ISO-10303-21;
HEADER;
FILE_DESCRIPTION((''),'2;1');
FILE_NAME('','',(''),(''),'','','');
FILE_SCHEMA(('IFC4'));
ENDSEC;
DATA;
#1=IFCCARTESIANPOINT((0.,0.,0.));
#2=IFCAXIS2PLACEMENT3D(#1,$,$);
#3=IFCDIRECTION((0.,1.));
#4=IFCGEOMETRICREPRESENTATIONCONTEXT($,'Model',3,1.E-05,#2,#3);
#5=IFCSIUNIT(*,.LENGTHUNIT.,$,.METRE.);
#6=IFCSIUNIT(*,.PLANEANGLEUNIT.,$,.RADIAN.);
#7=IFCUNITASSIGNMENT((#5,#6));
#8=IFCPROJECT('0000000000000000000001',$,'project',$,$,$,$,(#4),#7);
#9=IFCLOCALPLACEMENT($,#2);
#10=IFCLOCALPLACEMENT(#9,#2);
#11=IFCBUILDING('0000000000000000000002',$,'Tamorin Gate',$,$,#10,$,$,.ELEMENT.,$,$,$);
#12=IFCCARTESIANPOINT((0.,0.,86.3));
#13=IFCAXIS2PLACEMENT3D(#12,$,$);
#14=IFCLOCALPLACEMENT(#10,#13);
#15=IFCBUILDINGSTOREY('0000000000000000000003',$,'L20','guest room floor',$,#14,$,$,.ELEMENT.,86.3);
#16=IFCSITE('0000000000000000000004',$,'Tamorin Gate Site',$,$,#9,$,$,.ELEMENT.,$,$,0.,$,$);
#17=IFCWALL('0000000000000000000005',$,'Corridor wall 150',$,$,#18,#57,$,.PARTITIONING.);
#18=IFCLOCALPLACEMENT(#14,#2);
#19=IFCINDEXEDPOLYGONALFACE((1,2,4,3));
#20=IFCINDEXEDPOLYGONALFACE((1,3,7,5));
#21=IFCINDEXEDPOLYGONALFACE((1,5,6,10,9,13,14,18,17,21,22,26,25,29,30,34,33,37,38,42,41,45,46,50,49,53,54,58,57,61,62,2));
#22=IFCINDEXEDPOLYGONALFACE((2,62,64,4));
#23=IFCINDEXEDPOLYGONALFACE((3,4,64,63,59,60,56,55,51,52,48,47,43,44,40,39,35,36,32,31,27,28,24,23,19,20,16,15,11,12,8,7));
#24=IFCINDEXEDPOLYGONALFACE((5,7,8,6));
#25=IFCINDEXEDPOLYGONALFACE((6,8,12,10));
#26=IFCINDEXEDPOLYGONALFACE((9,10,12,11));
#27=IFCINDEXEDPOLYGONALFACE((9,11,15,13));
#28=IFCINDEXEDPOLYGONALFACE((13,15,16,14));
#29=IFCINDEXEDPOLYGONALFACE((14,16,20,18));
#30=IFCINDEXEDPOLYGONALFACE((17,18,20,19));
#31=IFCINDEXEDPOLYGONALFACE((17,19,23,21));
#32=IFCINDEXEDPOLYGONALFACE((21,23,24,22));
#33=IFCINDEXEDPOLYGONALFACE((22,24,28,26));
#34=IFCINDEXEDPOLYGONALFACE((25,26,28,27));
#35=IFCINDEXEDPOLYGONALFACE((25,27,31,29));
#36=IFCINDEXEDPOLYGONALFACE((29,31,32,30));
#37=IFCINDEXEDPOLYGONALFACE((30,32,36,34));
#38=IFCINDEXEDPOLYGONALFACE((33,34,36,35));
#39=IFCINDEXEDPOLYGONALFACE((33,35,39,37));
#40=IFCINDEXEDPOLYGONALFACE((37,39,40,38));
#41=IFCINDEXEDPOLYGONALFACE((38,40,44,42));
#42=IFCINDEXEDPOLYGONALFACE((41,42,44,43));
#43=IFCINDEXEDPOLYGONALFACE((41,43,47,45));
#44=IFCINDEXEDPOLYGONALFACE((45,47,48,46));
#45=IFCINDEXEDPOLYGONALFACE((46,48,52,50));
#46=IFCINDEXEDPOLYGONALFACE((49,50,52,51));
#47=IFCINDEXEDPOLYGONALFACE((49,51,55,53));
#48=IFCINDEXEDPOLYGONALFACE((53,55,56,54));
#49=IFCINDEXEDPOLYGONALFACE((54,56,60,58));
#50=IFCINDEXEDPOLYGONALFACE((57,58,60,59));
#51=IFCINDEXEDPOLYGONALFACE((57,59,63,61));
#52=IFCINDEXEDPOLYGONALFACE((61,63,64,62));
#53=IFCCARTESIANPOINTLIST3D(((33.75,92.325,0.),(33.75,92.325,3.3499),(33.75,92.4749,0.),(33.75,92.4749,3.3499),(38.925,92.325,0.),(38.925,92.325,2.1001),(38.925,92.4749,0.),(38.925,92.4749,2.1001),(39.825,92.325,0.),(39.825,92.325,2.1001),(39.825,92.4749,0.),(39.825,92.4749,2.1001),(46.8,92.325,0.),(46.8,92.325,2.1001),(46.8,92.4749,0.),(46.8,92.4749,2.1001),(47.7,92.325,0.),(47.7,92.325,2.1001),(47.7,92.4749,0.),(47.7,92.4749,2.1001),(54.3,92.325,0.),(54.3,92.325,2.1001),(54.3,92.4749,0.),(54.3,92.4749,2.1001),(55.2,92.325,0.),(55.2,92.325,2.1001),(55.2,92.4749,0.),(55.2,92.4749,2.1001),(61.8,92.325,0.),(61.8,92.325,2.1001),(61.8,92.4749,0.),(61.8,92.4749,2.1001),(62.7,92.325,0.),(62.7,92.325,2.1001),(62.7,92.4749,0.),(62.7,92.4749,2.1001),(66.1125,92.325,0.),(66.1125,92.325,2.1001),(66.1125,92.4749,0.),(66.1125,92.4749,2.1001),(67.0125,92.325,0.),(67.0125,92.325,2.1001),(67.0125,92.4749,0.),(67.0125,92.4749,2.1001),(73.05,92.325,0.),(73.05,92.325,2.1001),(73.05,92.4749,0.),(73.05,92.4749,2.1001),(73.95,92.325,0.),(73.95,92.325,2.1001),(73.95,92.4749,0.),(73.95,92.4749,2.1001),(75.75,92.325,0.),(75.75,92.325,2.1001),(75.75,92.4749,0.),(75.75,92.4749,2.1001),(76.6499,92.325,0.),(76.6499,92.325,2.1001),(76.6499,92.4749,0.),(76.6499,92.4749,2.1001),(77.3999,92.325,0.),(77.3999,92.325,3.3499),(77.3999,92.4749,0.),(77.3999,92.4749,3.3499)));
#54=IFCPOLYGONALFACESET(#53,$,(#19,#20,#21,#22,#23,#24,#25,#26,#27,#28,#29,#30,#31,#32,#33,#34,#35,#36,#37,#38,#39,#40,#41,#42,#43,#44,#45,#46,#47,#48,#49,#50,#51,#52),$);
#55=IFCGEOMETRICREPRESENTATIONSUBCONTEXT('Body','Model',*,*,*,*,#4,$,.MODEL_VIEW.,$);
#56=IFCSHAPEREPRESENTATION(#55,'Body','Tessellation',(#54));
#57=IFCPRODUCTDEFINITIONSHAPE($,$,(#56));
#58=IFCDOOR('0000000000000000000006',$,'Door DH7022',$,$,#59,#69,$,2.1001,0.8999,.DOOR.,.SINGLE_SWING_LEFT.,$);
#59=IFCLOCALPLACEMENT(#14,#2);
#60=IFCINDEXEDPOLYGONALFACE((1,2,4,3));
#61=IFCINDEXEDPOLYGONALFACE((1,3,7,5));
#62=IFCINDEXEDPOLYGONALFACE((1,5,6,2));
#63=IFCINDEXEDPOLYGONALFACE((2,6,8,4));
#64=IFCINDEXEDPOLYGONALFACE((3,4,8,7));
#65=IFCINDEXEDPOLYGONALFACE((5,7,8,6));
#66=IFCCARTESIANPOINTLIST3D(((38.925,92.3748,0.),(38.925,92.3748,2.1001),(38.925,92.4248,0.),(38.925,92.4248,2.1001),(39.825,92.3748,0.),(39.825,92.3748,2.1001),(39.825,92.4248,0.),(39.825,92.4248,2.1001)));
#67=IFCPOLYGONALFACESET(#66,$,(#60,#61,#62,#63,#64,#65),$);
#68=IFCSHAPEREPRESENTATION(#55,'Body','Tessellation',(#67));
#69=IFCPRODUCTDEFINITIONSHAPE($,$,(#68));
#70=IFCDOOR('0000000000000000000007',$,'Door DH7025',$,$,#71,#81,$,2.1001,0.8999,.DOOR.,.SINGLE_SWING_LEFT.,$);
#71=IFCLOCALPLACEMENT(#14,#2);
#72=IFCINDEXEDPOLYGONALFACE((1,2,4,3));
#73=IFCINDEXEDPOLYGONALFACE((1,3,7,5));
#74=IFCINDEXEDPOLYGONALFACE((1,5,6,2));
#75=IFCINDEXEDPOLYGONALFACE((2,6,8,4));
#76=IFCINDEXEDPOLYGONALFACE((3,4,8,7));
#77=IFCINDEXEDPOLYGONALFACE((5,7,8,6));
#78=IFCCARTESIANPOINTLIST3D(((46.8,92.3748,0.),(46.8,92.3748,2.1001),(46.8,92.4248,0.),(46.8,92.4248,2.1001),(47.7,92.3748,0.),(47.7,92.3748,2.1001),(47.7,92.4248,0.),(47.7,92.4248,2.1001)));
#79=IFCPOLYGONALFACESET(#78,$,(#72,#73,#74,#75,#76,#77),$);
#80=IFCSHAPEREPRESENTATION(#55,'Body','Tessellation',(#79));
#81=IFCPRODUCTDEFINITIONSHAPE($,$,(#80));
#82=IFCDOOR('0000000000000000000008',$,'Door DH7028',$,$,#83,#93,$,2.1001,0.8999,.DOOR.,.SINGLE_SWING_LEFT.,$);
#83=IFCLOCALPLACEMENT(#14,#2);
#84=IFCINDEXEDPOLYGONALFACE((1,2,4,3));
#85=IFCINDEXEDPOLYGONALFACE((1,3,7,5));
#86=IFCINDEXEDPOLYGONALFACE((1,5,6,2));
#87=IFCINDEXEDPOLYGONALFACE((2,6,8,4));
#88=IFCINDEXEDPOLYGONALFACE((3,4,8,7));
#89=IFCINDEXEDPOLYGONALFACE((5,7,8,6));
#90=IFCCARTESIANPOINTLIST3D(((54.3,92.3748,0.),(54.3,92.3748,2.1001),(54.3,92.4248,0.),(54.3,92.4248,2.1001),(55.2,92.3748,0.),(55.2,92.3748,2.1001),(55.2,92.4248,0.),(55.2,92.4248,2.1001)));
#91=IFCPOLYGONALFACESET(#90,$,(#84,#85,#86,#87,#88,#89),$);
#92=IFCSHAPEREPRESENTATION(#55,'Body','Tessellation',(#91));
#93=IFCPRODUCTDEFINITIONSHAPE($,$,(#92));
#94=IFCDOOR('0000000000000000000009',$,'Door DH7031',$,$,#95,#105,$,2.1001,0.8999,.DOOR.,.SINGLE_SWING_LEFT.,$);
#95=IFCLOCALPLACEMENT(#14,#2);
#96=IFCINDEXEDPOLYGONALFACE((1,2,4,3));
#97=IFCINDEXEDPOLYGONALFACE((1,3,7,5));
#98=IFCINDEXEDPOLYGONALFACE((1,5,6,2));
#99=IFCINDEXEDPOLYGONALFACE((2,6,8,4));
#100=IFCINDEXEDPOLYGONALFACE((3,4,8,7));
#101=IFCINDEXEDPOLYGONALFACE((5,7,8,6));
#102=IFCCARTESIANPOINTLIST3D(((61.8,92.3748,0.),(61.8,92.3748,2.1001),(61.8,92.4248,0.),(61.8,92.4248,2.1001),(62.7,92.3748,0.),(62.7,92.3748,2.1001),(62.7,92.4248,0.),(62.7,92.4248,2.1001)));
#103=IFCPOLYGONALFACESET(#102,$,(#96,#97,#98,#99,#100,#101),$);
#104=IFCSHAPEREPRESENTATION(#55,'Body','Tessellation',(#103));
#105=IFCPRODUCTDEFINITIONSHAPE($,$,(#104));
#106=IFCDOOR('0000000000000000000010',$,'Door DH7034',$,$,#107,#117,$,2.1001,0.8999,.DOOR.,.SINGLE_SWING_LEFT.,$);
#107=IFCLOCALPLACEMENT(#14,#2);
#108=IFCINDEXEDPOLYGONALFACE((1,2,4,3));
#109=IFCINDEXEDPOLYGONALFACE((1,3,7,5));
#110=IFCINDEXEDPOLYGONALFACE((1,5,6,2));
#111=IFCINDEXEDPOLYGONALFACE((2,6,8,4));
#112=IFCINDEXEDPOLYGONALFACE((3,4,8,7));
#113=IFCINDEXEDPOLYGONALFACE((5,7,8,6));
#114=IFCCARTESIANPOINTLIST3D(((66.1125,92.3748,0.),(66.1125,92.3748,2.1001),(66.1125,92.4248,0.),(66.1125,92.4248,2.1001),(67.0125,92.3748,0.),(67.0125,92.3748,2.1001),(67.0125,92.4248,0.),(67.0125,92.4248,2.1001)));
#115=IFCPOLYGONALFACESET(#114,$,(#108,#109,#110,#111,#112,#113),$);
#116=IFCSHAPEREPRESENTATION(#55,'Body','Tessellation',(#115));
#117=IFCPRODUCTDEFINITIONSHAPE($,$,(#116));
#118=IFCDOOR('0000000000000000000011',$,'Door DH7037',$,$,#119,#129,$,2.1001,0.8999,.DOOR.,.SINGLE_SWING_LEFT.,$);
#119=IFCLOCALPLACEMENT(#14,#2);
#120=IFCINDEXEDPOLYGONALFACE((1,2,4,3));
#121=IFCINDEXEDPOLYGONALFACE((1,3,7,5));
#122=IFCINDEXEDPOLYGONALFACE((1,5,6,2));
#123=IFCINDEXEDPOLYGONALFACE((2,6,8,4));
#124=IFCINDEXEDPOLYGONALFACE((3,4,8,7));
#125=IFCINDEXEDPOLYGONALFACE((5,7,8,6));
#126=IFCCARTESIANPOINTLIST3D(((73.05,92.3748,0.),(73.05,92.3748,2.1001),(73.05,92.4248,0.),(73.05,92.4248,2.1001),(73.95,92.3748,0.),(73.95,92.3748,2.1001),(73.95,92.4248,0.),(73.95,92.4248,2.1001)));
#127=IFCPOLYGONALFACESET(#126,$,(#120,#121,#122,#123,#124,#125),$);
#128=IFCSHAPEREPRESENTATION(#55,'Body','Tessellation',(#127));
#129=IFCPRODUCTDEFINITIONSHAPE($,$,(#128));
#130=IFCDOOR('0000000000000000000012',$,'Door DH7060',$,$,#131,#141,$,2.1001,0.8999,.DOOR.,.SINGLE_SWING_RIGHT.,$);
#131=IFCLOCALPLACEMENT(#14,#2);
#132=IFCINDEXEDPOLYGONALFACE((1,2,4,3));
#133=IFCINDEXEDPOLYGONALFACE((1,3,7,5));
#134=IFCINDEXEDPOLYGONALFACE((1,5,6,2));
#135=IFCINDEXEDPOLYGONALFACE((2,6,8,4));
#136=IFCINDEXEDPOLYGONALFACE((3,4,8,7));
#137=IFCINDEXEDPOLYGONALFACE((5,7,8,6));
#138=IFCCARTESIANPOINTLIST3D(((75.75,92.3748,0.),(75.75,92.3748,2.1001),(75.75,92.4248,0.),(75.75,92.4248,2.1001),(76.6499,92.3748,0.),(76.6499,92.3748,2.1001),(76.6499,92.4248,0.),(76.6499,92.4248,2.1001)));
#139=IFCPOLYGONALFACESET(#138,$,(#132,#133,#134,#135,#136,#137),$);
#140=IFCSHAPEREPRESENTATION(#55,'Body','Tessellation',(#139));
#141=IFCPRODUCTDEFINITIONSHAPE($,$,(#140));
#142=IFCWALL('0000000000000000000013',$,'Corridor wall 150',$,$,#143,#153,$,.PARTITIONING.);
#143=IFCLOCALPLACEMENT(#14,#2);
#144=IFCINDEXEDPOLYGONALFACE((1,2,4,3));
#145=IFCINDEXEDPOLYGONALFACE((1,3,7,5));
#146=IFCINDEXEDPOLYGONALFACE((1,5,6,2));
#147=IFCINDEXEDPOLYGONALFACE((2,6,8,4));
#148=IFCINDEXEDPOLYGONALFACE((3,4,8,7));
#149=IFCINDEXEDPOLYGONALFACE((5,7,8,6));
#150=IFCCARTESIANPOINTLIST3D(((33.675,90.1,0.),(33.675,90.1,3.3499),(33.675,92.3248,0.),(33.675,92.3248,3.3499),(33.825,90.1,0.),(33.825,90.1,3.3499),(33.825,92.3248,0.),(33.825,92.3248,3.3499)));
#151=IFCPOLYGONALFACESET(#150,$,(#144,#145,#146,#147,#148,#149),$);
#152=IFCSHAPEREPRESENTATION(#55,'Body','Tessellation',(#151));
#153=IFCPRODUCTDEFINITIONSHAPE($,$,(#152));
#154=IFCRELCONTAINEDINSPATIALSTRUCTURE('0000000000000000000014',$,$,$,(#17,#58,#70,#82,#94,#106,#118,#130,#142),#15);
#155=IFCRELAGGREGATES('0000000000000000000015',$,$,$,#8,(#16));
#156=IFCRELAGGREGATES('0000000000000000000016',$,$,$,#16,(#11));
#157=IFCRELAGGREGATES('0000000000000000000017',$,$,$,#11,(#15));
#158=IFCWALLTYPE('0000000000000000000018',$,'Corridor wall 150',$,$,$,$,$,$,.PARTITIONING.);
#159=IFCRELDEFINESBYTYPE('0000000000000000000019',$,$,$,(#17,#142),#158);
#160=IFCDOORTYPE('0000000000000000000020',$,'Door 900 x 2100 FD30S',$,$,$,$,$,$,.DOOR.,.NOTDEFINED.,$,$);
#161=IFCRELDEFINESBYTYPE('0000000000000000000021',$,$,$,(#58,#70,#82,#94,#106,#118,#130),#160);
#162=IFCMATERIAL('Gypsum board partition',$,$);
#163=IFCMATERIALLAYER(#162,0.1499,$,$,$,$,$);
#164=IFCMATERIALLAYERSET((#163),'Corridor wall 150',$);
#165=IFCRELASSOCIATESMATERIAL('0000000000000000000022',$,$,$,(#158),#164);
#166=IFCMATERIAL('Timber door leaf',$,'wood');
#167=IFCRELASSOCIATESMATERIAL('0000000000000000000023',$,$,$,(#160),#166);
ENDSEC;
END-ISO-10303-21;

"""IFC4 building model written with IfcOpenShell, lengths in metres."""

from ifc_helpers import new_model, si_unit, direction, frame, frame_2d, origin, place, context, subcontext, project, spatial, rectangle, extrude, material, layer, layer_set, type_object, element, fill, save


model = new_model("IFC4")

# Units and contexts
model_context = context("Model", 3, precision=1e-05, world=origin(), true_north=direction((0.0, 1.0)))
body_context = subcontext(model_context, "Body", "Model", "MODEL_VIEW")
ifc_project = project(units=[si_unit("LENGTHUNIT", "METRE"), si_unit("PLANEANGLEUNIT", "RADIAN")], contexts=[model_context])

# Site, building, storey
site_placement = place(None, origin())
site = spatial("IfcSite", under=ifc_project, at=site_placement, Name="Tamorin Gate Site", CompositionType="ELEMENT", RefElevation=0.0)
building_placement = place(site_placement, origin())
building = spatial("IfcBuilding", under=site, at=building_placement, Name="Tamorin Gate", CompositionType="ELEMENT")
storey_placement = place(building_placement, frame((0.0, 0.0, 86.3)))
storey = spatial("IfcBuildingStorey", under=building, at=storey_placement, Name="L20", Description="guest room floor", CompositionType="ELEMENT", Elevation=86.3)

# Wall, openings, doors
ifc_material_1 = material(Name="Gypsum board partition")
ifc_layer_1 = layer(ifc_material_1, 0.1499)
ifc_layer_set_1 = layer_set([ifc_layer_1], Name="Corridor wall 150")
wall_type_1 = type_object("IfcWallType", Name="Corridor wall 150", PredefinedType="PARTITIONING", material=ifc_layer_set_1)
ifc_material_2 = material(Name="Timber door leaf", Category="wood")
door_type_1 = type_object("IfcDoorType", Name="Door 900 x 2100 FD30S", OperationType="NOTDEFINED", PredefinedType="DOOR", material=ifc_material_2)
wall_1_placement = place(storey_placement, frame((33.75, 92.3999, 0.0), z_axis=(0.0, 0.0, 1.0), x_axis=(1.0, 0.0, 0.0)))
wall_1 = element("IfcWall", 1, at=wall_1_placement, inside=storey, type_object=wall_type_1, Name="Corridor wall 150", PredefinedType="PARTITIONING", context=body_context, shape_type="SweptSolid", body=[
    extrude(rectangle(XDim=43.6499, YDim=0.1499, at=frame_2d((21.825, 0.0))), origin(), (0.0, 0.0, 1.0), 3.3499),
])
opening_1_placement = place(wall_1_placement, frame((5.175, 0.0, 0.0)))
opening_1 = element("IfcOpeningElement", 2, at=opening_1_placement, cuts=wall_1, PredefinedType="OPENING", context=body_context, shape_type="SweptSolid", body=[
    extrude(rectangle(XDim=0.8999, YDim=2.1001, at=frame_2d((0.45, 1.05))), frame((0.0, 0.085, 0.0), z_axis=(0.0, -1.0, 0.0), x_axis=(1.0, 0.0, 0.0)), (0.0, 0.0, 1.0), 0.1699),
])
opening_2_placement = place(wall_1_placement, frame((13.05, 0.0, 0.0)))
opening_2 = element("IfcOpeningElement", 3, at=opening_2_placement, cuts=wall_1, PredefinedType="OPENING", context=body_context, shape_type="SweptSolid", body=[
    extrude(rectangle(XDim=0.8999, YDim=2.1001, at=frame_2d((0.45, 1.05))), frame((0.0, 0.085, 0.0), z_axis=(0.0, -1.0, 0.0), x_axis=(1.0, 0.0, 0.0)), (0.0, 0.0, 1.0), 0.1699),
])
opening_3_placement = place(wall_1_placement, frame((20.55, 0.0, 0.0)))
opening_3 = element("IfcOpeningElement", 4, at=opening_3_placement, cuts=wall_1, PredefinedType="OPENING", context=body_context, shape_type="SweptSolid", body=[
    extrude(rectangle(XDim=0.8999, YDim=2.1001, at=frame_2d((0.45, 1.05))), frame((0.0, 0.085, 0.0), z_axis=(0.0, -1.0, 0.0), x_axis=(1.0, 0.0, 0.0)), (0.0, 0.0, 1.0), 0.1699),
])
opening_4_placement = place(wall_1_placement, frame((28.05, 0.0, 0.0)))
opening_4 = element("IfcOpeningElement", 5, at=opening_4_placement, cuts=wall_1, PredefinedType="OPENING", context=body_context, shape_type="SweptSolid", body=[
    extrude(rectangle(XDim=0.8999, YDim=2.1001, at=frame_2d((0.45, 1.05))), frame((0.0, 0.085, 0.0), z_axis=(0.0, -1.0, 0.0), x_axis=(1.0, 0.0, 0.0)), (0.0, 0.0, 1.0), 0.1699),
])
opening_5_placement = place(wall_1_placement, frame((32.3625, 0.0, 0.0)))
opening_5 = element("IfcOpeningElement", 6, at=opening_5_placement, cuts=wall_1, PredefinedType="OPENING", context=body_context, shape_type="SweptSolid", body=[
    extrude(rectangle(XDim=0.8999, YDim=2.1001, at=frame_2d((0.45, 1.05))), frame((0.0, 0.085, 0.0), z_axis=(0.0, -1.0, 0.0), x_axis=(1.0, 0.0, 0.0)), (0.0, 0.0, 1.0), 0.1699),
])
opening_6_placement = place(wall_1_placement, frame((39.3, 0.0, 0.0)))
opening_6 = element("IfcOpeningElement", 7, at=opening_6_placement, cuts=wall_1, PredefinedType="OPENING", context=body_context, shape_type="SweptSolid", body=[
    extrude(rectangle(XDim=0.8999, YDim=2.1001, at=frame_2d((0.45, 1.05))), frame((0.0, 0.085, 0.0), z_axis=(0.0, -1.0, 0.0), x_axis=(1.0, 0.0, 0.0)), (0.0, 0.0, 1.0), 0.1699),
])
opening_7_placement = place(wall_1_placement, frame((42.0, 0.0, 0.0)))
opening_7 = element("IfcOpeningElement", 8, at=opening_7_placement, cuts=wall_1, PredefinedType="OPENING", context=body_context, shape_type="SweptSolid", body=[
    extrude(rectangle(XDim=0.8999, YDim=2.1001, at=frame_2d((0.45, 1.05))), frame((0.0, 0.085, 0.0), z_axis=(0.0, -1.0, 0.0), x_axis=(1.0, 0.0, 0.0)), (0.0, 0.0, 1.0), 0.1699),
])
door_1_placement = place(opening_1_placement, origin())
door_1 = element("IfcDoor", 9, at=door_1_placement, inside=storey, type_object=door_type_1, Name="Door DH7022", OperationType="SINGLE_SWING_LEFT", OverallHeight=2.1001, OverallWidth=0.8999, PredefinedType="DOOR", context=body_context, shape_type="SweptSolid", body=[
    extrude(rectangle(XDim=0.8999, YDim=2.1001, at=frame_2d((0.45, 1.05))), frame((0.0, 0.0249, 0.0), z_axis=(0.0, -1.0, 0.0), x_axis=(1.0, 0.0, 0.0)), (0.0, 0.0, 1.0), 0.05),
])
fill(opening_1, door_1)
door_2_placement = place(opening_2_placement, origin())
door_2 = element("IfcDoor", 10, at=door_2_placement, inside=storey, type_object=door_type_1, Name="Door DH7025", OperationType="SINGLE_SWING_LEFT", OverallHeight=2.1001, OverallWidth=0.8999, PredefinedType="DOOR", context=body_context, shape_type="SweptSolid", body=[
    extrude(rectangle(XDim=0.8999, YDim=2.1001, at=frame_2d((0.45, 1.05))), frame((0.0, 0.0249, 0.0), z_axis=(0.0, -1.0, 0.0), x_axis=(1.0, 0.0, 0.0)), (0.0, 0.0, 1.0), 0.05),
])
fill(opening_2, door_2)
door_3_placement = place(opening_3_placement, origin())
door_3 = element("IfcDoor", 11, at=door_3_placement, inside=storey, type_object=door_type_1, Name="Door DH7028", OperationType="SINGLE_SWING_LEFT", OverallHeight=2.1001, OverallWidth=0.8999, PredefinedType="DOOR", context=body_context, shape_type="SweptSolid", body=[
    extrude(rectangle(XDim=0.8999, YDim=2.1001, at=frame_2d((0.45, 1.05))), frame((0.0, 0.0249, 0.0), z_axis=(0.0, -1.0, 0.0), x_axis=(1.0, 0.0, 0.0)), (0.0, 0.0, 1.0), 0.05),
])
fill(opening_3, door_3)
door_4_placement = place(opening_4_placement, origin())
door_4 = element("IfcDoor", 12, at=door_4_placement, inside=storey, type_object=door_type_1, Name="Door DH7031", OperationType="SINGLE_SWING_LEFT", OverallHeight=2.1001, OverallWidth=0.8999, PredefinedType="DOOR", context=body_context, shape_type="SweptSolid", body=[
    extrude(rectangle(XDim=0.8999, YDim=2.1001, at=frame_2d((0.45, 1.05))), frame((0.0, 0.0249, 0.0), z_axis=(0.0, -1.0, 0.0), x_axis=(1.0, 0.0, 0.0)), (0.0, 0.0, 1.0), 0.05),
])
fill(opening_4, door_4)
door_5_placement = place(opening_5_placement, origin())
door_5 = element("IfcDoor", 13, at=door_5_placement, inside=storey, type_object=door_type_1, Name="Door DH7034", OperationType="SINGLE_SWING_LEFT", OverallHeight=2.1001, OverallWidth=0.8999, PredefinedType="DOOR", context=body_context, shape_type="SweptSolid", body=[
    extrude(rectangle(XDim=0.8999, YDim=2.1001, at=frame_2d((0.45, 1.05))), frame((0.0, 0.0249, 0.0), z_axis=(0.0, -1.0, 0.0), x_axis=(1.0, 0.0, 0.0)), (0.0, 0.0, 1.0), 0.05),
])
fill(opening_5, door_5)
door_6_placement = place(opening_6_placement, origin())
door_6 = element("IfcDoor", 14, at=door_6_placement, inside=storey, type_object=door_type_1, Name="Door DH7037", OperationType="SINGLE_SWING_LEFT", OverallHeight=2.1001, OverallWidth=0.8999, PredefinedType="DOOR", context=body_context, shape_type="SweptSolid", body=[
    extrude(rectangle(XDim=0.8999, YDim=2.1001, at=frame_2d((0.45, 1.05))), frame((0.0, 0.0249, 0.0), z_axis=(0.0, -1.0, 0.0), x_axis=(1.0, 0.0, 0.0)), (0.0, 0.0, 1.0), 0.05),
])
fill(opening_6, door_6)
door_7_placement = place(opening_7_placement, origin())
door_7 = element("IfcDoor", 15, at=door_7_placement, inside=storey, type_object=door_type_1, Name="Door DH7060", OperationType="SINGLE_SWING_RIGHT", OverallHeight=2.1001, OverallWidth=0.8999, PredefinedType="DOOR", context=body_context, shape_type="SweptSolid", body=[
    extrude(rectangle(XDim=0.8999, YDim=2.1001, at=frame_2d((0.45, 1.05))), frame((0.0, 0.0249, 0.0), z_axis=(0.0, -1.0, 0.0), x_axis=(1.0, 0.0, 0.0)), (0.0, 0.0, 1.0), 0.05),
])
fill(opening_7, door_7)

# Wall
wall_2_placement = place(storey_placement, frame((33.75, 90.1001, 0.0), z_axis=(0.0, 0.0, 1.0), x_axis=(0.0, 1.0, 0.0)))
element("IfcWall", 16, at=wall_2_placement, inside=storey, type_object=wall_type_1, Name="Corridor wall 150", PredefinedType="PARTITIONING", context=body_context, shape_type="SweptSolid", body=[
    extrude(rectangle(XDim=2.2249, YDim=0.1499, at=frame_2d((1.1123, 0.0))), origin(), (0.0, 0.0, 1.0), 3.3499),
])

save(model, "model.ifc")
